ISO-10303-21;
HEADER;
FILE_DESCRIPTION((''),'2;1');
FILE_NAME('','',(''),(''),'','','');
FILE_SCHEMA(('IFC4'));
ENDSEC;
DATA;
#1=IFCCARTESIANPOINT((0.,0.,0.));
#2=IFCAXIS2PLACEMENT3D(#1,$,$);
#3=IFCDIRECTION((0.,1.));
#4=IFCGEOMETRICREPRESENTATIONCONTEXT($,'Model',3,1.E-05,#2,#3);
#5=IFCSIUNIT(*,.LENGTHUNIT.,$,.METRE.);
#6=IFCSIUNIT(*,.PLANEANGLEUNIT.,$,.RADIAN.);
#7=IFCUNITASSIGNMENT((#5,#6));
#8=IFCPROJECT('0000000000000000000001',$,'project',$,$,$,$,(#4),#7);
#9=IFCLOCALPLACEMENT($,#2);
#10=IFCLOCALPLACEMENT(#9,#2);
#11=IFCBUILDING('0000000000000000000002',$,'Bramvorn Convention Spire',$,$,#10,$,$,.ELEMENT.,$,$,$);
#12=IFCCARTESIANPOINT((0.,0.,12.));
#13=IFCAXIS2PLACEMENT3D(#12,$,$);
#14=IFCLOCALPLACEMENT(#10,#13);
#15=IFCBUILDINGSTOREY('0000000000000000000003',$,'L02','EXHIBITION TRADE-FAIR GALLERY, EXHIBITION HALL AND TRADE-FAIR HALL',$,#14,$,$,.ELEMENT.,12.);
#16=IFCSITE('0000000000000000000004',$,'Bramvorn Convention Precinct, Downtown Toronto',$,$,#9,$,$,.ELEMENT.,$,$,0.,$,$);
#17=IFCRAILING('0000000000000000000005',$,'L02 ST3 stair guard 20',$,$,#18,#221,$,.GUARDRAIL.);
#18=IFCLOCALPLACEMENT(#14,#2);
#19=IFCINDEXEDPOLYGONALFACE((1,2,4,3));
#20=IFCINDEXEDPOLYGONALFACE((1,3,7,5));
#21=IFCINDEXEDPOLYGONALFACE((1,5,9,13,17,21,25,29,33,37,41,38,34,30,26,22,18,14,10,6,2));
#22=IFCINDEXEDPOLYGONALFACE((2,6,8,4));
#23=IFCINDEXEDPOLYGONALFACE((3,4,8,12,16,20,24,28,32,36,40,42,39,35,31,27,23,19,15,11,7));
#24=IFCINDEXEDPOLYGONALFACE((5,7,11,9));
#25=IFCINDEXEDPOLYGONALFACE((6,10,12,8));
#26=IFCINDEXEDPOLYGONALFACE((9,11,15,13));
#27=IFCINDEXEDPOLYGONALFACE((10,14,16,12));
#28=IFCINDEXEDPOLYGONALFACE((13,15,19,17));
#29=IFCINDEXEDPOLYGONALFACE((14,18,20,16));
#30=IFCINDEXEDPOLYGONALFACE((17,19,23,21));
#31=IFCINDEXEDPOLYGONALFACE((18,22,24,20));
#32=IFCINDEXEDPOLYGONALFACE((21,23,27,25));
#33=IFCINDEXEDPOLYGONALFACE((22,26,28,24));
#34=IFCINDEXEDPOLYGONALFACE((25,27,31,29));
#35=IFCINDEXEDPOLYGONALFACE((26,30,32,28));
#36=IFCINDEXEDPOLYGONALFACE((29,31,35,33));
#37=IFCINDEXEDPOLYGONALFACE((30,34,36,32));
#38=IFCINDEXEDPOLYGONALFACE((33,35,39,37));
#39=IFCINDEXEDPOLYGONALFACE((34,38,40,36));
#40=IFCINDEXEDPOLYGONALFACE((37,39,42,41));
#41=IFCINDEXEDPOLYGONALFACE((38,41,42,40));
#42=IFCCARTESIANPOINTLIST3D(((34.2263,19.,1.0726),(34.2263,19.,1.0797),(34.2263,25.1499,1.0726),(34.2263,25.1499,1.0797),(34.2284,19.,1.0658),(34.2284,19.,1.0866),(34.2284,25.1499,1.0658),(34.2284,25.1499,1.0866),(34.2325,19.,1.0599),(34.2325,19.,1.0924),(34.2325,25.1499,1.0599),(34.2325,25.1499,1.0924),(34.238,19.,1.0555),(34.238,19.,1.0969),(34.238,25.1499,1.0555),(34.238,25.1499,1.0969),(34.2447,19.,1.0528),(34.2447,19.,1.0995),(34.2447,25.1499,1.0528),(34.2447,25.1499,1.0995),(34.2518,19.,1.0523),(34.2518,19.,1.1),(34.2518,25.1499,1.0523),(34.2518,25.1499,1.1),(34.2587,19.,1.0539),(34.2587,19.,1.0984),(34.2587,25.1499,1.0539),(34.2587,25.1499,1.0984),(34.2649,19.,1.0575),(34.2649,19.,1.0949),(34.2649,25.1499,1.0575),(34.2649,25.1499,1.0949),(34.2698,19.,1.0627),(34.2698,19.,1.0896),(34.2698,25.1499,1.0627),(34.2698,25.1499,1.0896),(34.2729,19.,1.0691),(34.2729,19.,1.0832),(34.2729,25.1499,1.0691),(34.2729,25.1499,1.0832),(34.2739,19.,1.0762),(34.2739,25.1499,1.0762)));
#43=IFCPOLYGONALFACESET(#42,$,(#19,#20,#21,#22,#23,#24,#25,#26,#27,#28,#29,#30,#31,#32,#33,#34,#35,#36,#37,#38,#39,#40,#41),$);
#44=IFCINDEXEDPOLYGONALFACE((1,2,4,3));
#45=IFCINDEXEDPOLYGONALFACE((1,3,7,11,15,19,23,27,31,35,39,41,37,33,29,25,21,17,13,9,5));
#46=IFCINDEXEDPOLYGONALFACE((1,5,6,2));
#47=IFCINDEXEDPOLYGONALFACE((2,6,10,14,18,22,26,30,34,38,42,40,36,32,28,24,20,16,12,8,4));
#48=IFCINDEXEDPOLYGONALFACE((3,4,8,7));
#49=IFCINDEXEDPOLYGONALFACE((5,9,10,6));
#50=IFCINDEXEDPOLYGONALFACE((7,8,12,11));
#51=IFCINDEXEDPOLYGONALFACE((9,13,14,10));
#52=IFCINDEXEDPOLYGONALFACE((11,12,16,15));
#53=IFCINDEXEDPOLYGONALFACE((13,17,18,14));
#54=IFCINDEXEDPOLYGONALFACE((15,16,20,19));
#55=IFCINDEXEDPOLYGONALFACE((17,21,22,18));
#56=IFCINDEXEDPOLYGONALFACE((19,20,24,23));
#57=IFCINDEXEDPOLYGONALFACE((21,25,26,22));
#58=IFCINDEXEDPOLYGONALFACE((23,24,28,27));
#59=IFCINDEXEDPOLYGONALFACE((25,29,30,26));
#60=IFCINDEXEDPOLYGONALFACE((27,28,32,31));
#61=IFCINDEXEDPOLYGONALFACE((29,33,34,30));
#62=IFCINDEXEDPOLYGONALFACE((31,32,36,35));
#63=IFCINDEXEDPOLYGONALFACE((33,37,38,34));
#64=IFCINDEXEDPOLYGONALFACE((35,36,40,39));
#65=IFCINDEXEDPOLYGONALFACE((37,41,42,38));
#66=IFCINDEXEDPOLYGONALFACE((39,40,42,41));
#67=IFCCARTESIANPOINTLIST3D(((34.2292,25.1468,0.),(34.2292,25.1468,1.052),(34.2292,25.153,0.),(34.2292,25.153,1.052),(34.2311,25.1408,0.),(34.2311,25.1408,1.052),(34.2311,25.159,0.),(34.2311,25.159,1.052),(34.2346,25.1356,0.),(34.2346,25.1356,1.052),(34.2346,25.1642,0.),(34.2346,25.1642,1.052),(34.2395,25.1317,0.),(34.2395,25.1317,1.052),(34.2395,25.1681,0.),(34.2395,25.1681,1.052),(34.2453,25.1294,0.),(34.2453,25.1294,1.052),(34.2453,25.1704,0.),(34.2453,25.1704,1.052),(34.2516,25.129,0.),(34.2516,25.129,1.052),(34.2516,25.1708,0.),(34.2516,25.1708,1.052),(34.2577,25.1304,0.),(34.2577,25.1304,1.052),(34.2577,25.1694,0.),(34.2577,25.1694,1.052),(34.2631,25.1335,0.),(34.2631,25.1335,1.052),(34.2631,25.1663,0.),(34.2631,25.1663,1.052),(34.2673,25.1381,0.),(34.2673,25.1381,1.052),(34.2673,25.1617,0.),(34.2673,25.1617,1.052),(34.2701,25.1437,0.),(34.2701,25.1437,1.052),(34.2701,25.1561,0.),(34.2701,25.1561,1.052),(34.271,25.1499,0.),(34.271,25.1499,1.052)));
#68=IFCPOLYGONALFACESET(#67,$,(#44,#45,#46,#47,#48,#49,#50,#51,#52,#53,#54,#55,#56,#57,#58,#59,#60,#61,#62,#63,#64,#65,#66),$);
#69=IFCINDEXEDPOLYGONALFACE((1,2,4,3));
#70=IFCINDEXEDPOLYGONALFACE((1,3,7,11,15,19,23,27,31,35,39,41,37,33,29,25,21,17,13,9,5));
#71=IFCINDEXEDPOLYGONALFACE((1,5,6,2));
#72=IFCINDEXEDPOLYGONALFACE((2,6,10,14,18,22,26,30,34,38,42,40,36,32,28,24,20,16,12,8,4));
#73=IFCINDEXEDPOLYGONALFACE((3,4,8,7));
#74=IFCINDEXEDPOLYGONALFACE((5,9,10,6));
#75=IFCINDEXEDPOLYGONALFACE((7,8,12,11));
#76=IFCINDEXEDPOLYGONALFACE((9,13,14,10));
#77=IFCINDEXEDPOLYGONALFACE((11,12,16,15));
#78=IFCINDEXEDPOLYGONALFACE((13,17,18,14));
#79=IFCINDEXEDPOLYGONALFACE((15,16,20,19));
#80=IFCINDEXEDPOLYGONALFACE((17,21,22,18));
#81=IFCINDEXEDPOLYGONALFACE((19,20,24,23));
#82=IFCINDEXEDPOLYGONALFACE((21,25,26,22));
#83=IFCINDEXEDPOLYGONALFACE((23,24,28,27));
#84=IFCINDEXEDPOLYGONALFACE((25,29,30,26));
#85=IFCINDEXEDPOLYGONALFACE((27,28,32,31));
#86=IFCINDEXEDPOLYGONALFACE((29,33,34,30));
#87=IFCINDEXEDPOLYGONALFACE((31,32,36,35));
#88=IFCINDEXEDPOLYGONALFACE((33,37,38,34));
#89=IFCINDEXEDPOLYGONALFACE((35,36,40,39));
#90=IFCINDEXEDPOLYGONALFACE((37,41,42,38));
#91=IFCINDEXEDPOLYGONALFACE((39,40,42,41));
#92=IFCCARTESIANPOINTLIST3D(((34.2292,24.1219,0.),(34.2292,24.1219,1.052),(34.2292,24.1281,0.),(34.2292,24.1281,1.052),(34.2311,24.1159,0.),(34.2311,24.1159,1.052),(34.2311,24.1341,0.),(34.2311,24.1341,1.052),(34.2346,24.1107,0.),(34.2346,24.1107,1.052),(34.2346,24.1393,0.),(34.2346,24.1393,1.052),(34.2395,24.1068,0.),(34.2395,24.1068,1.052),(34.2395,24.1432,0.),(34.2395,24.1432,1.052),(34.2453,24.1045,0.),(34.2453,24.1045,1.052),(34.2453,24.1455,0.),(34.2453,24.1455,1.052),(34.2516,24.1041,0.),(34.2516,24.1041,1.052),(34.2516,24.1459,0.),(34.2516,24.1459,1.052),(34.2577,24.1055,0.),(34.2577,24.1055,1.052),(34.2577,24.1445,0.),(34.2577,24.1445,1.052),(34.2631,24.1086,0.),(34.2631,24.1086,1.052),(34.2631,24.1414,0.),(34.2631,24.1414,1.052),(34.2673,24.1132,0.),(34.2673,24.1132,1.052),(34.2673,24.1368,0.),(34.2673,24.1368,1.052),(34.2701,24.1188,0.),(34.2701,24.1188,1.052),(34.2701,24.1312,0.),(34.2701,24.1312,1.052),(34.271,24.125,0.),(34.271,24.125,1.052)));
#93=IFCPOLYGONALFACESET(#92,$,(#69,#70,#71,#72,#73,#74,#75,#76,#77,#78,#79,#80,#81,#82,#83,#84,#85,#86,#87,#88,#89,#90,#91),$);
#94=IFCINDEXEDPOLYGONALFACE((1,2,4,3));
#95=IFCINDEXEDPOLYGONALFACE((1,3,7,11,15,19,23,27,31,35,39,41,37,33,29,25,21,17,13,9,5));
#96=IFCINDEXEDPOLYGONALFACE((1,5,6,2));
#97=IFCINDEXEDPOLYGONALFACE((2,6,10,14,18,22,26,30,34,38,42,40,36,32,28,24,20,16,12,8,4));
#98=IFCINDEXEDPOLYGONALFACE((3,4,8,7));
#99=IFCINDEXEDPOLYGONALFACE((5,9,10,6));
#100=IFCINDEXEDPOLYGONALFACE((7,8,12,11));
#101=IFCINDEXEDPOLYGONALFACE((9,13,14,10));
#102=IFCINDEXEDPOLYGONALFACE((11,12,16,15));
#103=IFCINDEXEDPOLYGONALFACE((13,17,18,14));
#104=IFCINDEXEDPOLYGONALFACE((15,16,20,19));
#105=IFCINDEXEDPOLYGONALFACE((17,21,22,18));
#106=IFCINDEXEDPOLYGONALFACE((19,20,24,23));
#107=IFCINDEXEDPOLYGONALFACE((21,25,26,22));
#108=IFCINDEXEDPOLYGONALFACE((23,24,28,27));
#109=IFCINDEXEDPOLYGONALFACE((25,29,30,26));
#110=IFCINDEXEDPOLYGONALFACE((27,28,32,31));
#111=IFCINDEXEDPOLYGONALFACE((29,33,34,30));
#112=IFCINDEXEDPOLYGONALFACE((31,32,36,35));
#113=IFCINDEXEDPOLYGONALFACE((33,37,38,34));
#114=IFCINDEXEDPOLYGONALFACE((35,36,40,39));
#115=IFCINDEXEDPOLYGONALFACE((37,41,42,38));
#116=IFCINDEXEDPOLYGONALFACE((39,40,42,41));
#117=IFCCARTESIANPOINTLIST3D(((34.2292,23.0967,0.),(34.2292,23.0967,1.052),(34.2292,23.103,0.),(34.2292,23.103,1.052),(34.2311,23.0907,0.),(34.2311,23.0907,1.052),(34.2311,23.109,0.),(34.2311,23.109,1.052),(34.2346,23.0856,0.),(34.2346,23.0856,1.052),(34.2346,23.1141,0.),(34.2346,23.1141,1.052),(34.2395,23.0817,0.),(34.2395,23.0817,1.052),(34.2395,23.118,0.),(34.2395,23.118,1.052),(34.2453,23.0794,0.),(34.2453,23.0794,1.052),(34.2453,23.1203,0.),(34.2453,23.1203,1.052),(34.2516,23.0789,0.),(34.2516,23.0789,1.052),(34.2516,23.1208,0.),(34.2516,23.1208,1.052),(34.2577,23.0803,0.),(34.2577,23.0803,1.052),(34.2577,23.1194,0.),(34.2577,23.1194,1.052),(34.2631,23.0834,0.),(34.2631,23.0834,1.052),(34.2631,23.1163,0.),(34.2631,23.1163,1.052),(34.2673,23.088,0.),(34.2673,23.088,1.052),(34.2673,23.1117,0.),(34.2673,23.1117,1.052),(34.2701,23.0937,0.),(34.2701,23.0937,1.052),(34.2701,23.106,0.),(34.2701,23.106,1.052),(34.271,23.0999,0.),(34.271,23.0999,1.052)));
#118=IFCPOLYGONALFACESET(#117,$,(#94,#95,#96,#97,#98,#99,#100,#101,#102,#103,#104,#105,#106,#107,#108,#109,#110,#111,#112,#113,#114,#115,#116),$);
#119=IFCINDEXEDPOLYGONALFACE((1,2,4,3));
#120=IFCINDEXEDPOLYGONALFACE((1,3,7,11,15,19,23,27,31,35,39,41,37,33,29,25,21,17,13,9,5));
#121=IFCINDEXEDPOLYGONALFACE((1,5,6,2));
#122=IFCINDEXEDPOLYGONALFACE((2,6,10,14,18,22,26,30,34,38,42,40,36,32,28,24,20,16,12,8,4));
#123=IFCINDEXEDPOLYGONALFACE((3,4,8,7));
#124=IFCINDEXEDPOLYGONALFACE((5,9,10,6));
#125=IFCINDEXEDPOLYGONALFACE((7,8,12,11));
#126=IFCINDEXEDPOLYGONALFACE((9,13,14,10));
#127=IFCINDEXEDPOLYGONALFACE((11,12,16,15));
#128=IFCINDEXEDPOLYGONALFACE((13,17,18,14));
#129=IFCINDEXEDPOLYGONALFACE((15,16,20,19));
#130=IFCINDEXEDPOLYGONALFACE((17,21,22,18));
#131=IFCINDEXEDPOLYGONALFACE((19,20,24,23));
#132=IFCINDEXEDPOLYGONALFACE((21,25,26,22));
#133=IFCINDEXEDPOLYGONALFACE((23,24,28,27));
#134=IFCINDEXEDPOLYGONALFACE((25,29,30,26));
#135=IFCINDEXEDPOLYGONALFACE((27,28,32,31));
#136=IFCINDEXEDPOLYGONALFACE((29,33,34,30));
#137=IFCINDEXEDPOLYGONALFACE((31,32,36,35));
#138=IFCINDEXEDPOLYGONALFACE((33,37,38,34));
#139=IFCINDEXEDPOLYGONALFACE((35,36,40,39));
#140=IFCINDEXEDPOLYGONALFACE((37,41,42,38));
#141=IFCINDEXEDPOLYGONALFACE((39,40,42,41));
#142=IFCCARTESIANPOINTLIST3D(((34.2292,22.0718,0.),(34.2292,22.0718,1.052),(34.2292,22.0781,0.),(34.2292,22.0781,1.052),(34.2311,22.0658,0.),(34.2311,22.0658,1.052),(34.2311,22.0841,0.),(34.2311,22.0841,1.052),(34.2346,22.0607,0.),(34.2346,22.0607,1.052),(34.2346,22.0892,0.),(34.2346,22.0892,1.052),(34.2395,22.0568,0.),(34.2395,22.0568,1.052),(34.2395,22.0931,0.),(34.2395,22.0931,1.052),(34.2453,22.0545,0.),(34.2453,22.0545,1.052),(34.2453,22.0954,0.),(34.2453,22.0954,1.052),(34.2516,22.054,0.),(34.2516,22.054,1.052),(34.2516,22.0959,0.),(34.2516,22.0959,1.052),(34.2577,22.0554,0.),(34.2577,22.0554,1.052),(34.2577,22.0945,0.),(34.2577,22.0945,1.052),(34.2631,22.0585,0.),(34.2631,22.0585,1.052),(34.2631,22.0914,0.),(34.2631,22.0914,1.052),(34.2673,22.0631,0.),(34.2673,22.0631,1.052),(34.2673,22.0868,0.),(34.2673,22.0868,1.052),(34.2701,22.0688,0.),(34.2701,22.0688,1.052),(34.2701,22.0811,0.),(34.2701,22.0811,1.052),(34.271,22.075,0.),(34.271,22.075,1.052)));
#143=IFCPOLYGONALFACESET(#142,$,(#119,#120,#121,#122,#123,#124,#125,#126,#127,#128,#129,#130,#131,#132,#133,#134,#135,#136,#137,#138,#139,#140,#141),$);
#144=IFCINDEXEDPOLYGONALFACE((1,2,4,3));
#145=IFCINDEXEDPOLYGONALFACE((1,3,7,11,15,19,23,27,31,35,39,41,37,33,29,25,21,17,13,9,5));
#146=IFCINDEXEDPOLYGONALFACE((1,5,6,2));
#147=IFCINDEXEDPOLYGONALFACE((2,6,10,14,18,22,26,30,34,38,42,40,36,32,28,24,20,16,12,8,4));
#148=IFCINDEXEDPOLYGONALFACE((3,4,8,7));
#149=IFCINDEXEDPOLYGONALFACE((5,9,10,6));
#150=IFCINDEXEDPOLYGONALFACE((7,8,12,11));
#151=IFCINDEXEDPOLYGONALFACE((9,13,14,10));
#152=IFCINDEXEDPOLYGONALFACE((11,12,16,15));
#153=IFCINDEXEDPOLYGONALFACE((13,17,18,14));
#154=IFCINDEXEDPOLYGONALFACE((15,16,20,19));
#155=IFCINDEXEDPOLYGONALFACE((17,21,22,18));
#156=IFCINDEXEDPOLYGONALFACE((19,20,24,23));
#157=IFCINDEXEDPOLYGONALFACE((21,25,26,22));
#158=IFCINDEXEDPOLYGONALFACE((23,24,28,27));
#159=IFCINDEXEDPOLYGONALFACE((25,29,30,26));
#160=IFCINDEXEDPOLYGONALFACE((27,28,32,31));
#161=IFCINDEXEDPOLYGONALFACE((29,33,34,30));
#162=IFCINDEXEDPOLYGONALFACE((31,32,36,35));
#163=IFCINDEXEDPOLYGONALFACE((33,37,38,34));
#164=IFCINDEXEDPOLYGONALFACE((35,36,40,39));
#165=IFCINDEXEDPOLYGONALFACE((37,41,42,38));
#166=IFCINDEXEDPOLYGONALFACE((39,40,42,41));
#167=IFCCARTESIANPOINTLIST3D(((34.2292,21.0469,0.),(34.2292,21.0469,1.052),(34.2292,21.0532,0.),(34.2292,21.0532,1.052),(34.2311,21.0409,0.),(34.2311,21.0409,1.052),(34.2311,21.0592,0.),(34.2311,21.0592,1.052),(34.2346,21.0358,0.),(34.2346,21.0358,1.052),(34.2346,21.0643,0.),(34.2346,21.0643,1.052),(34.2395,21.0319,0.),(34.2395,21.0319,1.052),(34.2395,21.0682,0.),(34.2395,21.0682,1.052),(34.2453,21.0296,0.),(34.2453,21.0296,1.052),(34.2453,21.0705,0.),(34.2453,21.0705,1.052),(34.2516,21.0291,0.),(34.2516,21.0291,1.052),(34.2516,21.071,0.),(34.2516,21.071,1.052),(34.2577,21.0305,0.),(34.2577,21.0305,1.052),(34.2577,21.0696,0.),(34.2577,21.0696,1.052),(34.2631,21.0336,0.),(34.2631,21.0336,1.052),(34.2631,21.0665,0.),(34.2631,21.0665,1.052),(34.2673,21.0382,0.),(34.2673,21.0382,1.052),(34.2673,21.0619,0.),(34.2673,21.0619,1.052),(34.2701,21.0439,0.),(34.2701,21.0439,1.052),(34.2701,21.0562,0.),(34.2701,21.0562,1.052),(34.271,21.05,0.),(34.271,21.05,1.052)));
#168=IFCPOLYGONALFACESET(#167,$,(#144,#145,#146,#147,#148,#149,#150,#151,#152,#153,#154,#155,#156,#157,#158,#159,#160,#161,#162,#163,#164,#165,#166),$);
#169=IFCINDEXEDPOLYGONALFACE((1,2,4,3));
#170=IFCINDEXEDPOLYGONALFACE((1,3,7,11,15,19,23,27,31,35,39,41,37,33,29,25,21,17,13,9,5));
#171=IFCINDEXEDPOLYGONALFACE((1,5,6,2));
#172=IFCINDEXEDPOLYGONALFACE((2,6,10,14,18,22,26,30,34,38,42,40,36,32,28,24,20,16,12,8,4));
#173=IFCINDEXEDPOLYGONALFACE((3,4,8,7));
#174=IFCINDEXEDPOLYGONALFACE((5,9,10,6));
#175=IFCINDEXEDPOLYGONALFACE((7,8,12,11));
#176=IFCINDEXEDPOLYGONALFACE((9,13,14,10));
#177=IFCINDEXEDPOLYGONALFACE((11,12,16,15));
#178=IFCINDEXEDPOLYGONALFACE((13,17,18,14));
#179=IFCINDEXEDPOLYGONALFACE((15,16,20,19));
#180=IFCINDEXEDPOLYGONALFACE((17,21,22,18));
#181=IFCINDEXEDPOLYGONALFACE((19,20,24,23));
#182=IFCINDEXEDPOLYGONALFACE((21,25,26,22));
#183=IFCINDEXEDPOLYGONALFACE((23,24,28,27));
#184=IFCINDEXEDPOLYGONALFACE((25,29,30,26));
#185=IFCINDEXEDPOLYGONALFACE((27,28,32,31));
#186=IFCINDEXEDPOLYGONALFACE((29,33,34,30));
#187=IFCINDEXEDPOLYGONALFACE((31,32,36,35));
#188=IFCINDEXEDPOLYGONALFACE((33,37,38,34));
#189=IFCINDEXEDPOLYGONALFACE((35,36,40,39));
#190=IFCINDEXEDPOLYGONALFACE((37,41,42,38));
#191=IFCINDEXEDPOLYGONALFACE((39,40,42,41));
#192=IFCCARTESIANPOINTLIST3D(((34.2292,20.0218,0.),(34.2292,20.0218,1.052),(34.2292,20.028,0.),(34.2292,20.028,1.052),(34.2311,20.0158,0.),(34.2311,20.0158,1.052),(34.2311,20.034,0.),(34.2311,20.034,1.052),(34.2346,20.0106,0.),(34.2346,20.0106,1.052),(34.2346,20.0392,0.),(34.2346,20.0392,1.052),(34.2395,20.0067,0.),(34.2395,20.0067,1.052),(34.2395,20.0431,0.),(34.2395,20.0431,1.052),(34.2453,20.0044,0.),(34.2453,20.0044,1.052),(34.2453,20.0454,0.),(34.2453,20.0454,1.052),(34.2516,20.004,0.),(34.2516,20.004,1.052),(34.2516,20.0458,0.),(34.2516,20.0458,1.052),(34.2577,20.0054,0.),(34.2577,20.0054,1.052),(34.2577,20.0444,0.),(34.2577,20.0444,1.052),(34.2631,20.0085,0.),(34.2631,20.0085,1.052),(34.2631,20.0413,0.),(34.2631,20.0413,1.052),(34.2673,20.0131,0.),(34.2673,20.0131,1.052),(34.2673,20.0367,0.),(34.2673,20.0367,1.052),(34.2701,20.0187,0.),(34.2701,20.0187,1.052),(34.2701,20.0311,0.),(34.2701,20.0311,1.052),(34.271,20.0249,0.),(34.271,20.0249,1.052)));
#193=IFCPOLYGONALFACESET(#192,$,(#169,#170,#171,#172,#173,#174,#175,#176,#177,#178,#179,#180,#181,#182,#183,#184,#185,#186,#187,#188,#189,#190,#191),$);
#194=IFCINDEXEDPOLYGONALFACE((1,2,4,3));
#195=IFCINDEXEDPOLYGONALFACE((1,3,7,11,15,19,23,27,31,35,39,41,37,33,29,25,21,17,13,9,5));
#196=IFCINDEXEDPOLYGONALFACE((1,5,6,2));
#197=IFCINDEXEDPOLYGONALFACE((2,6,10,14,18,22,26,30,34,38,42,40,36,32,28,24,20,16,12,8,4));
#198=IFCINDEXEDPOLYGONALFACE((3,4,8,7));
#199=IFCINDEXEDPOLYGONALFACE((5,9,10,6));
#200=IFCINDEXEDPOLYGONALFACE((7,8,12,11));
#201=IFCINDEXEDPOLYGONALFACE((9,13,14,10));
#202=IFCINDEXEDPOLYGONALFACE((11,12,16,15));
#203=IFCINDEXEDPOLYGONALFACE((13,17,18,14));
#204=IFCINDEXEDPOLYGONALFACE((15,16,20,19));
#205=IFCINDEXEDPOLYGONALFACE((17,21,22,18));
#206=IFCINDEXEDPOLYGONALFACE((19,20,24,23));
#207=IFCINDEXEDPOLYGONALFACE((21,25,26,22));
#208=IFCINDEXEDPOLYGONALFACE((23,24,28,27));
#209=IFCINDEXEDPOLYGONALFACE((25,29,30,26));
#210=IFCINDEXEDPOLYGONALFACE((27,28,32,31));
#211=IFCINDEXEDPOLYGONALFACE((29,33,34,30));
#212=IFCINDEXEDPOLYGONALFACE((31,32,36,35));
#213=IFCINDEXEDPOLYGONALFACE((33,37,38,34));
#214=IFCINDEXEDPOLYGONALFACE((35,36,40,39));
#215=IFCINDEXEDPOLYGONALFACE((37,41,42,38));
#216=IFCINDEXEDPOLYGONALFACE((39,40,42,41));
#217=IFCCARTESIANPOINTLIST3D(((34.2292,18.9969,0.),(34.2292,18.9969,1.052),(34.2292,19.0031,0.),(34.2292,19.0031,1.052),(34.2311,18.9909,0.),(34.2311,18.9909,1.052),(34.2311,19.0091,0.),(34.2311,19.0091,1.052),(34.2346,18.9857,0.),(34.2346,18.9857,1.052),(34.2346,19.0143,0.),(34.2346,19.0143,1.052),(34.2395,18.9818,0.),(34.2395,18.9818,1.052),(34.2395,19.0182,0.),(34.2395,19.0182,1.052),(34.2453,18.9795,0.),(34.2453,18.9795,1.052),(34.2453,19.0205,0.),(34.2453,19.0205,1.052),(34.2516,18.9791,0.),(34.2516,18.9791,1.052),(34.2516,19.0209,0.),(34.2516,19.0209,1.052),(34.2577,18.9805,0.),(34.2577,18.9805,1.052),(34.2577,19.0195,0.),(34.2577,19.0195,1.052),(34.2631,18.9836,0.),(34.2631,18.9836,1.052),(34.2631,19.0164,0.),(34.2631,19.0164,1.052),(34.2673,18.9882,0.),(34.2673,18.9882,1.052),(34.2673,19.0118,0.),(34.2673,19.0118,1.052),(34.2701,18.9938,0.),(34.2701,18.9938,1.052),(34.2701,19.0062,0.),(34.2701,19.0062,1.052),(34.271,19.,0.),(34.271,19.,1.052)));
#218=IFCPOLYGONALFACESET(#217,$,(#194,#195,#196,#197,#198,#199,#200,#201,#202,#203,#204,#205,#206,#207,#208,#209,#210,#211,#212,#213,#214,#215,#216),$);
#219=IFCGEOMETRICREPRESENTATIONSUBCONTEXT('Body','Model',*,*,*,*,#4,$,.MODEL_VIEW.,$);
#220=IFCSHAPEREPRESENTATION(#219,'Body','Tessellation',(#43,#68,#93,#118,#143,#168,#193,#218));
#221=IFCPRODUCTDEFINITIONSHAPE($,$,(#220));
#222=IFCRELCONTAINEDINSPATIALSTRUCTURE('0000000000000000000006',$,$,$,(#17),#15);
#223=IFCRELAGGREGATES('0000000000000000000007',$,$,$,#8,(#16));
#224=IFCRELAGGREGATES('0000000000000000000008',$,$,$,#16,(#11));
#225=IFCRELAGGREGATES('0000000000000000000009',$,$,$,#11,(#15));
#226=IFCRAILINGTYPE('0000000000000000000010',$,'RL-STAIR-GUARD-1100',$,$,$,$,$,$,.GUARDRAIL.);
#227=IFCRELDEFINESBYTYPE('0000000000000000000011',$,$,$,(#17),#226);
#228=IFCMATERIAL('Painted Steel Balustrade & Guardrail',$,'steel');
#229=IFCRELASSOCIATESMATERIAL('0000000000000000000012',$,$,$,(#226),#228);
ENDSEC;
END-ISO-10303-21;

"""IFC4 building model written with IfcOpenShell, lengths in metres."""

from ifc_helpers import new_model, si_unit, direction, frame, origin, origin_2d, place, context, subcontext, project, spatial, circle, extrude, material, type_object, element, save


model = new_model("IFC4")

# Units and contexts
model_context = context("Model", 3, precision=1e-05, world=origin(), true_north=direction((0.0, 1.0)))
body_context = subcontext(model_context, "Body", "Model", "MODEL_VIEW")
ifc_project = project(units=[si_unit("LENGTHUNIT", "METRE"), si_unit("PLANEANGLEUNIT", "RADIAN")], contexts=[model_context])

# Site, building, storey
site_placement = place(None, origin())
site = spatial("IfcSite", under=ifc_project, at=site_placement, Name="Bramvorn Convention Precinct, Downtown Toronto", CompositionType="ELEMENT", RefElevation=0.0)
building_placement = place(site_placement, origin())
building = spatial("IfcBuilding", under=site, at=building_placement, Name="Bramvorn Convention Spire", CompositionType="ELEMENT")
storey_placement = place(building_placement, frame((0.0, 0.0, 12.0)))
storey = spatial("IfcBuildingStorey", under=building, at=storey_placement, Name="L02", Description="EXHIBITION TRADE-FAIR GALLERY, EXHIBITION HALL AND TRADE-FAIR HALL", CompositionType="ELEMENT", Elevation=12.0)

# Railing
ifc_material_1 = material(Name="Painted Steel Balustrade & Guardrail", Category="steel")
railing_type_1 = type_object("IfcRailingType", Name="RL-STAIR-GUARD-1100", PredefinedType="GUARDRAIL", material=ifc_material_1)
railing_1_placement = place(storey_placement, frame((34.25, 25.1499, 0.0)))
element("IfcRailing", 1, at=railing_1_placement, inside=storey, type_object=railing_type_1, Name="L02 ST3 stair guard 20", PredefinedType="GUARDRAIL", context=body_context, shape_type="SweptSolid", body=[
    extrude(circle(Radius=0.0239, at=origin_2d()), frame((0.0, 0.0, 1.0762), z_axis=(0.0, -1.0, 0.0), x_axis=(1.0, 0.0, 0.0)), (0.0, 0.0, 1.0), 6.1499),
    extrude(circle(Radius=0.021, at=origin_2d()), origin(), (0.0, 0.0, 1.0), 1.052),
    extrude(circle(Radius=0.021, at=origin_2d()), frame((0.0, -1.0249, 0.0)), (0.0, 0.0, 1.0), 1.052),
    extrude(circle(Radius=0.021, at=origin_2d()), frame((0.0, -2.05, 0.0)), (0.0, 0.0, 1.0), 1.052),
    extrude(circle(Radius=0.021, at=origin_2d()), frame((0.0, -3.075, 0.0)), (0.0, 0.0, 1.0), 1.052),
    extrude(circle(Radius=0.021, at=origin_2d()), frame((0.0, -4.0999, 0.0)), (0.0, 0.0, 1.0), 1.052),
    extrude(circle(Radius=0.021, at=origin_2d()), frame((0.0, -5.125, 0.0)), (0.0, 0.0, 1.0), 1.052),
    extrude(circle(Radius=0.021, at=origin_2d()), frame((0.0, -6.1499, 0.0)), (0.0, 0.0, 1.0), 1.052),
])

save(model, "model.ifc")
